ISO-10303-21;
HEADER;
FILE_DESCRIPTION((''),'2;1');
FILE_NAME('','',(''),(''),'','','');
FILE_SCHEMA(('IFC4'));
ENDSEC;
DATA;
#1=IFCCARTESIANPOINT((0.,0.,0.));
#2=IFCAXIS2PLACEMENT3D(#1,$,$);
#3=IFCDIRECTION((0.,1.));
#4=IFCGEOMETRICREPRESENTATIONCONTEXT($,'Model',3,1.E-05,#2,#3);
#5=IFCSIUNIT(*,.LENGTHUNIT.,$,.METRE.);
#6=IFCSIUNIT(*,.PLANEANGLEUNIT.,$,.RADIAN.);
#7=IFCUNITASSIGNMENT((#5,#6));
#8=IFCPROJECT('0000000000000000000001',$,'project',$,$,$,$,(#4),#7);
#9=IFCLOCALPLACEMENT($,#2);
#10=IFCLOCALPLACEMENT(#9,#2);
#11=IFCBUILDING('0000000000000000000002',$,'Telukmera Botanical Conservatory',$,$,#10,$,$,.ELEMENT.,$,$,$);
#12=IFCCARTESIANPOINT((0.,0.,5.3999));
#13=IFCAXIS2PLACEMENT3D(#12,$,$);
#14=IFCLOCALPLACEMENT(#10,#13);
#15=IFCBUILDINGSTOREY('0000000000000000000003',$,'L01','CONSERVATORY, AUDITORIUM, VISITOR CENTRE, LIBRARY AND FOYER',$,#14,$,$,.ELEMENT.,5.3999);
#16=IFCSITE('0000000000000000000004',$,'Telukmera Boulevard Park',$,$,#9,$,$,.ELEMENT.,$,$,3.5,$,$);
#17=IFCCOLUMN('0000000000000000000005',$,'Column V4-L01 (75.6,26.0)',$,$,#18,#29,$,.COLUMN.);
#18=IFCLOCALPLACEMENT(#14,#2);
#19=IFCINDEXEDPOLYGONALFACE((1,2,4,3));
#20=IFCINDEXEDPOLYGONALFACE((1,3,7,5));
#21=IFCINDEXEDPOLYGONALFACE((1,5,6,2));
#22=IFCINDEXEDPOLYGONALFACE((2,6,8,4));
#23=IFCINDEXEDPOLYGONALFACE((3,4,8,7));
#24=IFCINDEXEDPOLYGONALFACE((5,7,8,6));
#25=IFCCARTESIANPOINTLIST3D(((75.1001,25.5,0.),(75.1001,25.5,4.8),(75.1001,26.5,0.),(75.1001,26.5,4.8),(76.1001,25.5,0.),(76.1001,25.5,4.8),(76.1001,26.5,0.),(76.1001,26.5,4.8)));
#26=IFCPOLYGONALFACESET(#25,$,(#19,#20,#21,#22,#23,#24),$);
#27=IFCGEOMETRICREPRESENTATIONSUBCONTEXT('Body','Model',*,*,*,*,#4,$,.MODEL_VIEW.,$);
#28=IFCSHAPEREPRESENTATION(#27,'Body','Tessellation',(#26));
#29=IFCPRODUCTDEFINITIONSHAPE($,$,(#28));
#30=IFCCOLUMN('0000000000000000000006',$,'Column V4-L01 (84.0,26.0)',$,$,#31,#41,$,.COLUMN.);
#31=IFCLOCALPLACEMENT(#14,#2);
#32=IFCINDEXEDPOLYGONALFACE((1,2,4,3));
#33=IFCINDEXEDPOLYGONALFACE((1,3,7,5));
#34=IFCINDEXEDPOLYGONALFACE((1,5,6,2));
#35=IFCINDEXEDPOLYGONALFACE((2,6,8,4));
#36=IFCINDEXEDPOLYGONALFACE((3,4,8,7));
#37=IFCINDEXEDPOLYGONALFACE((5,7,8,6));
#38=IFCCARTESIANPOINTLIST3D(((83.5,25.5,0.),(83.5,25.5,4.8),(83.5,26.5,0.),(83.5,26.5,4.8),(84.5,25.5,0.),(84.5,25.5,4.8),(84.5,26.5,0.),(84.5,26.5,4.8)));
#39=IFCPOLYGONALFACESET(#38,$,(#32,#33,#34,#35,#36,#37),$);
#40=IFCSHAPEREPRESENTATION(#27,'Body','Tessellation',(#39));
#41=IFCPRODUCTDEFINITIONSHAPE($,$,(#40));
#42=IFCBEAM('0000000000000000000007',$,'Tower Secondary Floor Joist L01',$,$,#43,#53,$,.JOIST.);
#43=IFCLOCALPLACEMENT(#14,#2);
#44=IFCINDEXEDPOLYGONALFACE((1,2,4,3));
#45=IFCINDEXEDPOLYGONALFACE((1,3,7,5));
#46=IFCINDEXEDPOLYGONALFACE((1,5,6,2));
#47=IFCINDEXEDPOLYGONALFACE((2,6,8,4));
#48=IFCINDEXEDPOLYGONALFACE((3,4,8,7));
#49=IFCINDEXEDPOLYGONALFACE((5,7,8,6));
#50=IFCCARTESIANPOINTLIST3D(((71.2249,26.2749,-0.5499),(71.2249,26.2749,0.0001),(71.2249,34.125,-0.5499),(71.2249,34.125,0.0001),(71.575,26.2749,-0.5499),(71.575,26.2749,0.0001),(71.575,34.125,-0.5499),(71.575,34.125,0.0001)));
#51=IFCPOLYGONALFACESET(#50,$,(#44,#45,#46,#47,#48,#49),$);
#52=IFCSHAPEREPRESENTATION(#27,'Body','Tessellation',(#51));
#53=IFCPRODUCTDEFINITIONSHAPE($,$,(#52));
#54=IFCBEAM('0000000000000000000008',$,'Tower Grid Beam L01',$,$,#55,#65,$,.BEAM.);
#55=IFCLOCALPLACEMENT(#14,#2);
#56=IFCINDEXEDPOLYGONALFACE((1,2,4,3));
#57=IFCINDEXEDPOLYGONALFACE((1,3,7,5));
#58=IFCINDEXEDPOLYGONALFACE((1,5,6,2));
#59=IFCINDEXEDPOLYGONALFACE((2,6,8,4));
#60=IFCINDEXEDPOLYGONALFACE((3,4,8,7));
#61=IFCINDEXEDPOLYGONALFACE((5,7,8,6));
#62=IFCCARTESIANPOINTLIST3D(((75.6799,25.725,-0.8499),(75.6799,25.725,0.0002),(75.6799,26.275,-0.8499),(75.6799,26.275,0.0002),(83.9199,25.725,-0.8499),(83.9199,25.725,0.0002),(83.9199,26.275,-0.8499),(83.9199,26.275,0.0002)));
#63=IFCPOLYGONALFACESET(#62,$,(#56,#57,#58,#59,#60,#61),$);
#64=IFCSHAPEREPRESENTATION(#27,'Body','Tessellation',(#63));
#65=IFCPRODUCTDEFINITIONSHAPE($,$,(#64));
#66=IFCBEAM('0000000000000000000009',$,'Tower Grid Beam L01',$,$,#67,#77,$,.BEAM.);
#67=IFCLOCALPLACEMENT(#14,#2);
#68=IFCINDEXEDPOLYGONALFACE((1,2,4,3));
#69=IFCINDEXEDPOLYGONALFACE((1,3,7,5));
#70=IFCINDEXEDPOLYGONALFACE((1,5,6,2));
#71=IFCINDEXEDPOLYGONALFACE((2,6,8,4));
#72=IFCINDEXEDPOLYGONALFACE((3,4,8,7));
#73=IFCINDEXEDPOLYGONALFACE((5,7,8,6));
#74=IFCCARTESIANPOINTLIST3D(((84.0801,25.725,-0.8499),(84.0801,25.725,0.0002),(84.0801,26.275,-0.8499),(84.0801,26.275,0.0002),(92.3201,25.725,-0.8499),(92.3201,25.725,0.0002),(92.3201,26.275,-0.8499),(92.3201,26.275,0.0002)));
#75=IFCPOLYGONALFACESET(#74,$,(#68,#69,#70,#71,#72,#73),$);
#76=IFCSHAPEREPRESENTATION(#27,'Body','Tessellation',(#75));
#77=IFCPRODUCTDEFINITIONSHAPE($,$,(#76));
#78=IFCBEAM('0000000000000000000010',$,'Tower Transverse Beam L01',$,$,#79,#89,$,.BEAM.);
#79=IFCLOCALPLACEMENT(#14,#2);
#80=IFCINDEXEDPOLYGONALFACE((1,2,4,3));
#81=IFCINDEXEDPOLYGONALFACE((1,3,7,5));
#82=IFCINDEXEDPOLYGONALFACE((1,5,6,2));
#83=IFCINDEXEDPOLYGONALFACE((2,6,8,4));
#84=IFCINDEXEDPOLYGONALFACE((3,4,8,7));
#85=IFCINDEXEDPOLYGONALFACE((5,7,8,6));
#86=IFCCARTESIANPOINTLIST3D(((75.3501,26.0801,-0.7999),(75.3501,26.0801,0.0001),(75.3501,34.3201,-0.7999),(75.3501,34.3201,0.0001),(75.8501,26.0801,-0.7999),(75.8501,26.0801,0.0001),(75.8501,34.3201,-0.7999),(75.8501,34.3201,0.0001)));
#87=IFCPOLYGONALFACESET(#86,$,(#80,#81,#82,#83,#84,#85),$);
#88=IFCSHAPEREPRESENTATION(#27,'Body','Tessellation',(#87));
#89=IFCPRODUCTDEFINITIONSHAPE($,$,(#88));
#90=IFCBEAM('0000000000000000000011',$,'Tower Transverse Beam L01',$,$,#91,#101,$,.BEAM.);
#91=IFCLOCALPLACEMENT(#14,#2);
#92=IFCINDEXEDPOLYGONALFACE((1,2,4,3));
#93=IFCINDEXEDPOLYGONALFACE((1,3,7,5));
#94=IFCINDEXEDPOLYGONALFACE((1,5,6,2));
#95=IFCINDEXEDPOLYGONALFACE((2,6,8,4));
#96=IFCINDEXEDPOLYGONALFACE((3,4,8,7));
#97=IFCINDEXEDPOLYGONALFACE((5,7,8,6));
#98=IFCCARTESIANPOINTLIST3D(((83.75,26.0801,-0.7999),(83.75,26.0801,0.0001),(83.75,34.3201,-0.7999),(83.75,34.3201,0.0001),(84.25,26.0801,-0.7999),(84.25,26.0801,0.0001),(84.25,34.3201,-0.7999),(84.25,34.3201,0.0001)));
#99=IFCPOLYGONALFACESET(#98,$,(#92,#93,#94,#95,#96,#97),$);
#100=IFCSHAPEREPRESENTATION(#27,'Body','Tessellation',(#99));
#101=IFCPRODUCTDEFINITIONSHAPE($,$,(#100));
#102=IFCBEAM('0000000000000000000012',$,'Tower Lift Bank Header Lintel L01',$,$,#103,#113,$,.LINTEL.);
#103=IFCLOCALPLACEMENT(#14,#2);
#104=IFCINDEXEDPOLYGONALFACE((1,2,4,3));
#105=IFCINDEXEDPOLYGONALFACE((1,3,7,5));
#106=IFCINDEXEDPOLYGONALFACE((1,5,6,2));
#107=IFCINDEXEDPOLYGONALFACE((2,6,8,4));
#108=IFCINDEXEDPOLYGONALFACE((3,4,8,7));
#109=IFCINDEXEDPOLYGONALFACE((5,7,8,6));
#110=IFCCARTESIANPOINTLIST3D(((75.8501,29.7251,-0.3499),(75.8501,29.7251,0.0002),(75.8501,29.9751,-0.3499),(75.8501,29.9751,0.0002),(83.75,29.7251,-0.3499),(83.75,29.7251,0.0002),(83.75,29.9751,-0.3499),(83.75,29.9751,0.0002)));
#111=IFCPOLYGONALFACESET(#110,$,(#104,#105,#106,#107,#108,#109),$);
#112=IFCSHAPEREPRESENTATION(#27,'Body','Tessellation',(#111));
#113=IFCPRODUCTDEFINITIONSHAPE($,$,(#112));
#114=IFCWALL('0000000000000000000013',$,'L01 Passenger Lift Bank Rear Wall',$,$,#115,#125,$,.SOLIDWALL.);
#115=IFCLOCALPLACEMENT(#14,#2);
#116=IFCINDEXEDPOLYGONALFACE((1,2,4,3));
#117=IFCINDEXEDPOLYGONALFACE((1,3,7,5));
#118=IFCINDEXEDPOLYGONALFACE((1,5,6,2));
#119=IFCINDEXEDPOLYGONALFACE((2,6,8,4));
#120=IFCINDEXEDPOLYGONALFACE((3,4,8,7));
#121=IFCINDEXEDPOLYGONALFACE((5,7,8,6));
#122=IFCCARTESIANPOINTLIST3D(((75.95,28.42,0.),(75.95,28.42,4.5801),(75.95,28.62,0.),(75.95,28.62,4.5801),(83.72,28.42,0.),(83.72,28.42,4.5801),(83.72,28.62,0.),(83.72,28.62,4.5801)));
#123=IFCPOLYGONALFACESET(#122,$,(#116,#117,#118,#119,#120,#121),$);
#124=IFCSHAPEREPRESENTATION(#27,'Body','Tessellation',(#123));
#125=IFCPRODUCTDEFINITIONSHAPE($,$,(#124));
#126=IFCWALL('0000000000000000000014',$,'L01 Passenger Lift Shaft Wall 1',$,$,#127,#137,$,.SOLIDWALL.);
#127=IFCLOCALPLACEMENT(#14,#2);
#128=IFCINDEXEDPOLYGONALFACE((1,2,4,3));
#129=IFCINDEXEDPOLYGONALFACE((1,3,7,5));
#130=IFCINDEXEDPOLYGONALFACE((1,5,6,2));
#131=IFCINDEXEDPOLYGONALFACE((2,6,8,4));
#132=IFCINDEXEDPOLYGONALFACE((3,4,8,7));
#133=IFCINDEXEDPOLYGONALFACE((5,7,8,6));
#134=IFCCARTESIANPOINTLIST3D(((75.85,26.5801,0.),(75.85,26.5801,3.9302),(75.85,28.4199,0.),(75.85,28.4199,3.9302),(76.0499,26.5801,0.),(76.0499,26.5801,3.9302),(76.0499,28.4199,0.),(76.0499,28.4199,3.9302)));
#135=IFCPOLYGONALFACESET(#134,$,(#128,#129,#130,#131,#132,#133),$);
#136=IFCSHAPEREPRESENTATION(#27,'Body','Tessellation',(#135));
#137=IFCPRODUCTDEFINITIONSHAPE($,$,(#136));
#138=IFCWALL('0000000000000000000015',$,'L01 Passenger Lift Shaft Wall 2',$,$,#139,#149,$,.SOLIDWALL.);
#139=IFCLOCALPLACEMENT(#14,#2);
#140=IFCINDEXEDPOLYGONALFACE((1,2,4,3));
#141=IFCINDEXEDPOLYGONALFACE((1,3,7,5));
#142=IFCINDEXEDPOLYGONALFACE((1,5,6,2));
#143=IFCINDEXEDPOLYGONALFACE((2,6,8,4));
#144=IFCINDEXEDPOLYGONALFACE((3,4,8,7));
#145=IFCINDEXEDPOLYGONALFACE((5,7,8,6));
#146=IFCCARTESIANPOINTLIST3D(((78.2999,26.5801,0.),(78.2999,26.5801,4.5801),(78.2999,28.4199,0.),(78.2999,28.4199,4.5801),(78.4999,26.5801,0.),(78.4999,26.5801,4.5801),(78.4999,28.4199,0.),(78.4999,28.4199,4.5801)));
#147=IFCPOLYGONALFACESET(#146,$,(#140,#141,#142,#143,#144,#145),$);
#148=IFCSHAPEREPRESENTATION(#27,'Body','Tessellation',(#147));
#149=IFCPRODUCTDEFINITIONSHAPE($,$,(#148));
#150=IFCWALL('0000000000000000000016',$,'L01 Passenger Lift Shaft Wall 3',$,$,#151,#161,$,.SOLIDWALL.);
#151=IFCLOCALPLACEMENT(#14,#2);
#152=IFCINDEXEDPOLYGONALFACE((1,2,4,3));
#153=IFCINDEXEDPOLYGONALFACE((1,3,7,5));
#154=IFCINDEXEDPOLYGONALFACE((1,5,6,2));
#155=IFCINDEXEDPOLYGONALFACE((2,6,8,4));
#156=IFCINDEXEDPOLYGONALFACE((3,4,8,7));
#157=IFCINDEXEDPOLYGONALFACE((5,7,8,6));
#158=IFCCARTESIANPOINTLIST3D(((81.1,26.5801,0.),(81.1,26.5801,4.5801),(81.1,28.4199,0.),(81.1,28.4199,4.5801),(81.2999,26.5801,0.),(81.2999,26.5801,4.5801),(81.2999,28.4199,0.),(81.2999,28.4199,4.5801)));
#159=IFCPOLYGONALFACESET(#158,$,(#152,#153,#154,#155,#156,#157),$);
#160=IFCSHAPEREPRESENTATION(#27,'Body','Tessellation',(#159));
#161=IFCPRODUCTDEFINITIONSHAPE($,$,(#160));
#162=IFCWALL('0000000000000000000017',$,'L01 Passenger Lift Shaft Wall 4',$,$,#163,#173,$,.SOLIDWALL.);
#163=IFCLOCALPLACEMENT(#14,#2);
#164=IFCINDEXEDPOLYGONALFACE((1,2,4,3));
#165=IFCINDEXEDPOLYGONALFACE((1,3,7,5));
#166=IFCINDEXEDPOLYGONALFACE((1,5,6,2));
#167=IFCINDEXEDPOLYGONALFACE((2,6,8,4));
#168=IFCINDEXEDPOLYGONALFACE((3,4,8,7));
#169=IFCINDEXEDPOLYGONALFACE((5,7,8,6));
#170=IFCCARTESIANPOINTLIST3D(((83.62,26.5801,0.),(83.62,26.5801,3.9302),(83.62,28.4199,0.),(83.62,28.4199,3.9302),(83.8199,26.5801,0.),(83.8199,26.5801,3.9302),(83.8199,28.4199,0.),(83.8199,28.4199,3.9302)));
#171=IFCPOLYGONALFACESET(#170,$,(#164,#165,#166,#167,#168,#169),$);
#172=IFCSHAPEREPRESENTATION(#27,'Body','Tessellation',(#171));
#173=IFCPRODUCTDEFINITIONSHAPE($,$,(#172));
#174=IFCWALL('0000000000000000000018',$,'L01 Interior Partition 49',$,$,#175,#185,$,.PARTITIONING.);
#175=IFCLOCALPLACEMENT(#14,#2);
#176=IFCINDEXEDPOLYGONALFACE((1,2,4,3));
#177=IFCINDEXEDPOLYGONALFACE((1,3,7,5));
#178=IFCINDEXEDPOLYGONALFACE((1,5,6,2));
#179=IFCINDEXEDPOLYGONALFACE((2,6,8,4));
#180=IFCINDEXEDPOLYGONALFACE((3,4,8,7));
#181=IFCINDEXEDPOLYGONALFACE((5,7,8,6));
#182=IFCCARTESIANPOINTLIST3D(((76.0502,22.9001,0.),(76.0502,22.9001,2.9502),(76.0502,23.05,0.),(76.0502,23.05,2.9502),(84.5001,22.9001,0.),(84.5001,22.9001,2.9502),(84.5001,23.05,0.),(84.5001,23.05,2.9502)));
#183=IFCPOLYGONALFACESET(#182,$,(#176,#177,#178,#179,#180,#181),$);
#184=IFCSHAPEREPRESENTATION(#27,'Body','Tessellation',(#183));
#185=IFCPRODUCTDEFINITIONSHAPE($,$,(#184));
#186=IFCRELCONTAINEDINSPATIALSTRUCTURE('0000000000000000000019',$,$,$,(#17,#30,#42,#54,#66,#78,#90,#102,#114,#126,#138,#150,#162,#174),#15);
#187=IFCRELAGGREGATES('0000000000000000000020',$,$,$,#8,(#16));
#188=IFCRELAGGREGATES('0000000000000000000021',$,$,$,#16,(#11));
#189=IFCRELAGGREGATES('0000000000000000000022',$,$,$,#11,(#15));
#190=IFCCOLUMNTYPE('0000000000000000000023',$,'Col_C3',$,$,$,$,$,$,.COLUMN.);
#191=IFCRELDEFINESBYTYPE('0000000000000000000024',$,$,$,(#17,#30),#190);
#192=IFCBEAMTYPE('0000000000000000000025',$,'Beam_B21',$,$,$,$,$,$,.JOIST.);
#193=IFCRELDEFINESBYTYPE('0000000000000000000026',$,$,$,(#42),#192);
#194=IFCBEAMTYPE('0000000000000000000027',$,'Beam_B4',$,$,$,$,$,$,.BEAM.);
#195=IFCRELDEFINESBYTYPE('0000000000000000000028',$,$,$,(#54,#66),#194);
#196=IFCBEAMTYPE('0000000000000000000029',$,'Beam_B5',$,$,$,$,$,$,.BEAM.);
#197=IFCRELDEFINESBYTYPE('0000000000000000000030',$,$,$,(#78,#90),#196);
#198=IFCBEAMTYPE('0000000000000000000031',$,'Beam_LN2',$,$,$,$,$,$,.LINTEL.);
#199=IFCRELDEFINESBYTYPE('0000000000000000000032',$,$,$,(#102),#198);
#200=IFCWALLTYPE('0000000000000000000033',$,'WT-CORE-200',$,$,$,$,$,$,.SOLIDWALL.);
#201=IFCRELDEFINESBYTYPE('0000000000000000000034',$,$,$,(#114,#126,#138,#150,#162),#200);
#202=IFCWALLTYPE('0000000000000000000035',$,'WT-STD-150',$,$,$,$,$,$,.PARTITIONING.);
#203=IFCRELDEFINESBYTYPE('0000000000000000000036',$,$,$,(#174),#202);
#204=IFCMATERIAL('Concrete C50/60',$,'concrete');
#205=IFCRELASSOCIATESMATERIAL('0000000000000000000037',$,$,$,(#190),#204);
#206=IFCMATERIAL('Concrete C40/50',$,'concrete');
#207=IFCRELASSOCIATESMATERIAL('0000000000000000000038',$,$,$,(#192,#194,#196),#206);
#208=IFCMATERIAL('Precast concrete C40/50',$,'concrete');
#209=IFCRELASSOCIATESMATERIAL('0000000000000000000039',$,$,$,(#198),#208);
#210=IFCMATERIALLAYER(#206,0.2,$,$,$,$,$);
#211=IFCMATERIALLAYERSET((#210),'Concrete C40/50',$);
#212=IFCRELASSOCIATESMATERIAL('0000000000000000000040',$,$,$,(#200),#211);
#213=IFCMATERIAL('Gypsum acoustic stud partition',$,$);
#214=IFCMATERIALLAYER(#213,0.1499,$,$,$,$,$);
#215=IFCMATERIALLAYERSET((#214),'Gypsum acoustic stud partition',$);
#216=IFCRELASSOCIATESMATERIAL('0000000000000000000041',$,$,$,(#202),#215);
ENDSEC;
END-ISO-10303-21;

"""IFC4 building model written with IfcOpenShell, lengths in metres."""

from ifc_helpers import new_model, si_unit, direction, frame, frame_2d, origin, origin_2d, place, context, subcontext, project, spatial, rectangle, extrude, material, layer, layer_set, material_profile, profile_set, type_object, element, save


model = new_model("IFC4")

# Units and contexts
model_context = context("Model", 3, precision=1e-05, world=origin(), true_north=direction((0.0, 1.0)))
body_context = subcontext(model_context, "Body", "Model", "MODEL_VIEW")
ifc_project = project(units=[si_unit("LENGTHUNIT", "METRE"), si_unit("PLANEANGLEUNIT", "RADIAN")], contexts=[model_context])

# Site, building, storey
site_placement = place(None, origin())
site = spatial("IfcSite", under=ifc_project, at=site_placement, Name="Telukmera Boulevard Park", CompositionType="ELEMENT", RefElevation=3.5)
building_placement = place(site_placement, origin())
building = spatial("IfcBuilding", under=site, at=building_placement, Name="Telukmera Botanical Conservatory", CompositionType="ELEMENT")
storey_placement = place(building_placement, frame((0.0, 0.0, 5.3999)))
storey = spatial("IfcBuildingStorey", under=building, at=storey_placement, Name="L01", Description="CONSERVATORY, AUDITORIUM, VISITOR CENTRE, LIBRARY AND FOYER", CompositionType="ELEMENT", Elevation=5.3999)

# Columns
ifc_material_1 = material(Name="Concrete C50/60", Category="concrete")
ifc_material_profile_1 = material_profile(ifc_material_1, rectangle(XDim=1.0, YDim=1.0, at=origin_2d()), Name="RC 1000x1000")
ifc_profile_set_1 = profile_set([ifc_material_profile_1], Name="Concrete C50/60")
column_type = type_object("IfcColumnType", Name="Col_C3", PredefinedType="COLUMN", material=ifc_profile_set_1)
for number, where, z_axis, x_axis, name in (
    (1, (75.6001, 26.0, 0.0), (0.0, 0.0, 1.0), (1.0, 0.0, 0.0), "Column V4-L01 (75.6,26.0)"),
    (2, (84.0, 26.0, 0.0), (0.0, 0.0, 1.0), (1.0, 0.0, 0.0), "Column V4-L01 (84.0,26.0)"),
):
    element("IfcColumn", number, at=place(storey_placement, frame(where, z_axis=z_axis, x_axis=x_axis)), inside=storey, type_object=column_type, Name=name, PredefinedType="COLUMN", context=body_context, shape_type="SweptSolid", body=[
        extrude(rectangle(XDim=1.0, YDim=1.0, at=origin_2d()), origin(), (0.0, 0.0, 1.0), 4.8),
    ])

# Beams
ifc_material_2 = material(Name="Concrete C40/50", Category="concrete")
ifc_material_profile_2 = material_profile(ifc_material_2, rectangle(XDim=0.3501, YDim=0.55, at=origin_2d()), Name="RC 350x550")
ifc_profile_set_2 = profile_set([ifc_material_profile_2], Name="Concrete C40/50")
beam_type_1 = type_object("IfcBeamType", Name="Beam_B21", PredefinedType="JOIST", material=ifc_profile_set_2)
beam_1_placement = place(storey_placement, frame((71.3999, 26.2749, -0.2749), z_axis=(0.0, 1.0, 0.0), x_axis=(-1.0, 0.0, 0.0)))
element("IfcBeam", 3, at=beam_1_placement, inside=storey, type_object=beam_type_1, Name="Tower Secondary Floor Joist L01", PredefinedType="JOIST", context=body_context, shape_type="SweptSolid", body=[
    extrude(rectangle(XDim=0.3501, YDim=0.55, at=origin_2d()), origin(), (0.0, 0.0, 1.0), 7.8501),
])
ifc_material_profile_3 = material_profile(ifc_material_2, rectangle(XDim=0.55, YDim=0.8501, at=origin_2d()), Name="RC 550x850")
ifc_profile_set_3 = profile_set([ifc_material_profile_3], Name="Concrete C40/50")
beam_type_2 = type_object("IfcBeamType", Name="Beam_B4", PredefinedType="BEAM", material=ifc_profile_set_3)
for number, where, z_axis, x_axis, name in (
    (4, (75.6799, 26.0, -0.4248), (1.0, 0.0, 0.0), (0.0, 1.0, 0.0), "Tower Grid Beam L01"),
    (5, (84.0801, 26.0, -0.4248), (1.0, 0.0, 0.0), (0.0, 1.0, 0.0), "Tower Grid Beam L01"),
):
    element("IfcBeam", number, at=place(storey_placement, frame(where, z_axis=z_axis, x_axis=x_axis)), inside=storey, type_object=beam_type_2, Name=name, PredefinedType="BEAM", context=body_context, shape_type="SweptSolid", body=[
        extrude(rectangle(XDim=0.55, YDim=0.8501, at=origin_2d()), origin(), (0.0, 0.0, 1.0), 8.24),
    ])
ifc_material_profile_4 = material_profile(ifc_material_2, rectangle(XDim=0.5, YDim=0.8, at=origin_2d()), Name="RC 500x800")
ifc_profile_set_4 = profile_set([ifc_material_profile_4], Name="Concrete C40/50")
beam_type_3 = type_object("IfcBeamType", Name="Beam_B5", PredefinedType="BEAM", material=ifc_profile_set_4)
for number, where, z_axis, x_axis, name in (
    (6, (75.6001, 26.0801, -0.3999), (0.0, 1.0, 0.0), (-1.0, 0.0, 0.0), "Tower Transverse Beam L01"),
    (7, (84.0, 26.0801, -0.3999), (0.0, 1.0, 0.0), (-1.0, 0.0, 0.0), "Tower Transverse Beam L01"),
):
    element("IfcBeam", number, at=place(storey_placement, frame(where, z_axis=z_axis, x_axis=x_axis)), inside=storey, type_object=beam_type_3, Name=name, PredefinedType="BEAM", context=body_context, shape_type="SweptSolid", body=[
        extrude(rectangle(XDim=0.5, YDim=0.8, at=origin_2d()), origin(), (0.0, 0.0, 1.0), 8.24),
    ])
ifc_material_3 = material(Name="Precast concrete C40/50", Category="concrete")
ifc_material_profile_5 = material_profile(ifc_material_3, rectangle(XDim=0.25, YDim=0.3501, at=origin_2d()), Name="PC 250x350")
ifc_profile_set_5 = profile_set([ifc_material_profile_5], Name="Precast concrete C40/50")
beam_type_4 = type_object("IfcBeamType", Name="Beam_LN2", PredefinedType="LINTEL", material=ifc_profile_set_5)
beam_2_placement = place(storey_placement, frame((75.8501, 29.8501, -0.1748), z_axis=(1.0, 0.0, 0.0), x_axis=(0.0, 1.0, 0.0)))
element("IfcBeam", 8, at=beam_2_placement, inside=storey, type_object=beam_type_4, Name="Tower Lift Bank Header Lintel L01", PredefinedType="LINTEL", context=body_context, shape_type="SweptSolid", body=[
    extrude(rectangle(XDim=0.25, YDim=0.3501, at=origin_2d()), origin(), (0.0, 0.0, 1.0), 7.8999),
])

# Shared definitions
ifc_layer_1 = layer(ifc_material_2, 0.2)
ifc_layer_set_1 = layer_set([ifc_layer_1], Name="Concrete C40/50")
wall_type_1 = type_object("IfcWallType", Name="WT-CORE-200", PredefinedType="SOLIDWALL", material=ifc_layer_set_1)

# Walls
wall_1_placement = place(storey_placement, frame((75.95, 28.52, 0.0), z_axis=(0.0, 0.0, 1.0), x_axis=(1.0, 0.0, 0.0)))
element("IfcWall", 9, at=wall_1_placement, inside=storey, type_object=wall_type_1, Name="L01 Passenger Lift Bank Rear Wall", PredefinedType="SOLIDWALL", context=body_context, shape_type="SweptSolid", body=[
    extrude(rectangle(XDim=7.77, YDim=0.2, at=frame_2d((3.885, 0.0))), origin(), (0.0, 0.0, 1.0), 4.5801),
])
wall_2_placement = place(storey_placement, frame((75.95, 26.5801, 0.0), z_axis=(0.0, 0.0, 1.0), x_axis=(0.0, 1.0, 0.0)))
element("IfcWall", 10, at=wall_2_placement, inside=storey, type_object=wall_type_1, Name="L01 Passenger Lift Shaft Wall 1", PredefinedType="SOLIDWALL", context=body_context, shape_type="SweptSolid", body=[
    extrude(rectangle(XDim=1.8398, YDim=0.2, at=frame_2d((0.9199, 0.0))), origin(), (0.0, 0.0, 1.0), 3.9302),
])
for number, where, z_axis, x_axis, name in (
    (11, (78.3999, 26.5801, 0.0), (0.0, 0.0, 1.0), (0.0, 1.0, 0.0), "L01 Passenger Lift Shaft Wall 2"),
    (12, (81.2, 26.5801, 0.0), (0.0, 0.0, 1.0), (0.0, 1.0, 0.0), "L01 Passenger Lift Shaft Wall 3"),
):
    element("IfcWall", number, at=place(storey_placement, frame(where, z_axis=z_axis, x_axis=x_axis)), inside=storey, type_object=wall_type_1, Name=name, PredefinedType="SOLIDWALL", context=body_context, shape_type="SweptSolid", body=[
        extrude(rectangle(XDim=1.8398, YDim=0.2, at=frame_2d((0.9199, 0.0))), origin(), (0.0, 0.0, 1.0), 4.5801),
    ])
wall_3_placement = place(storey_placement, frame((83.72, 26.5801, 0.0), z_axis=(0.0, 0.0, 1.0), x_axis=(0.0, 1.0, 0.0)))
element("IfcWall", 13, at=wall_3_placement, inside=storey, type_object=wall_type_1, Name="L01 Passenger Lift Shaft Wall 4", PredefinedType="SOLIDWALL", context=body_context, shape_type="SweptSolid", body=[
    extrude(rectangle(XDim=1.8398, YDim=0.2, at=frame_2d((0.9199, 0.0))), origin(), (0.0, 0.0, 1.0), 3.9302),
])
ifc_material_4 = material(Name="Gypsum acoustic stud partition")
ifc_layer_2 = layer(ifc_material_4, 0.1499)
ifc_layer_set_2 = layer_set([ifc_layer_2], Name="Gypsum acoustic stud partition")
wall_type_2 = type_object("IfcWallType", Name="WT-STD-150", PredefinedType="PARTITIONING", material=ifc_layer_set_2)
wall_4_placement = place(storey_placement, frame((76.05, 22.9751, 0.0), z_axis=(0.0, 0.0, 1.0), x_axis=(1.0, 0.0, 0.0)))
element("IfcWall", 14, at=wall_4_placement, inside=storey, type_object=wall_type_2, Name="L01 Interior Partition 49", PredefinedType="PARTITIONING", context=body_context, shape_type="SweptSolid", body=[
    extrude(rectangle(XDim=8.45, YDim=0.1499, at=frame_2d((4.2251, 0.0))), origin(), (0.0, 0.0, 1.0), 2.9502),
])

save(model, "model.ifc")
